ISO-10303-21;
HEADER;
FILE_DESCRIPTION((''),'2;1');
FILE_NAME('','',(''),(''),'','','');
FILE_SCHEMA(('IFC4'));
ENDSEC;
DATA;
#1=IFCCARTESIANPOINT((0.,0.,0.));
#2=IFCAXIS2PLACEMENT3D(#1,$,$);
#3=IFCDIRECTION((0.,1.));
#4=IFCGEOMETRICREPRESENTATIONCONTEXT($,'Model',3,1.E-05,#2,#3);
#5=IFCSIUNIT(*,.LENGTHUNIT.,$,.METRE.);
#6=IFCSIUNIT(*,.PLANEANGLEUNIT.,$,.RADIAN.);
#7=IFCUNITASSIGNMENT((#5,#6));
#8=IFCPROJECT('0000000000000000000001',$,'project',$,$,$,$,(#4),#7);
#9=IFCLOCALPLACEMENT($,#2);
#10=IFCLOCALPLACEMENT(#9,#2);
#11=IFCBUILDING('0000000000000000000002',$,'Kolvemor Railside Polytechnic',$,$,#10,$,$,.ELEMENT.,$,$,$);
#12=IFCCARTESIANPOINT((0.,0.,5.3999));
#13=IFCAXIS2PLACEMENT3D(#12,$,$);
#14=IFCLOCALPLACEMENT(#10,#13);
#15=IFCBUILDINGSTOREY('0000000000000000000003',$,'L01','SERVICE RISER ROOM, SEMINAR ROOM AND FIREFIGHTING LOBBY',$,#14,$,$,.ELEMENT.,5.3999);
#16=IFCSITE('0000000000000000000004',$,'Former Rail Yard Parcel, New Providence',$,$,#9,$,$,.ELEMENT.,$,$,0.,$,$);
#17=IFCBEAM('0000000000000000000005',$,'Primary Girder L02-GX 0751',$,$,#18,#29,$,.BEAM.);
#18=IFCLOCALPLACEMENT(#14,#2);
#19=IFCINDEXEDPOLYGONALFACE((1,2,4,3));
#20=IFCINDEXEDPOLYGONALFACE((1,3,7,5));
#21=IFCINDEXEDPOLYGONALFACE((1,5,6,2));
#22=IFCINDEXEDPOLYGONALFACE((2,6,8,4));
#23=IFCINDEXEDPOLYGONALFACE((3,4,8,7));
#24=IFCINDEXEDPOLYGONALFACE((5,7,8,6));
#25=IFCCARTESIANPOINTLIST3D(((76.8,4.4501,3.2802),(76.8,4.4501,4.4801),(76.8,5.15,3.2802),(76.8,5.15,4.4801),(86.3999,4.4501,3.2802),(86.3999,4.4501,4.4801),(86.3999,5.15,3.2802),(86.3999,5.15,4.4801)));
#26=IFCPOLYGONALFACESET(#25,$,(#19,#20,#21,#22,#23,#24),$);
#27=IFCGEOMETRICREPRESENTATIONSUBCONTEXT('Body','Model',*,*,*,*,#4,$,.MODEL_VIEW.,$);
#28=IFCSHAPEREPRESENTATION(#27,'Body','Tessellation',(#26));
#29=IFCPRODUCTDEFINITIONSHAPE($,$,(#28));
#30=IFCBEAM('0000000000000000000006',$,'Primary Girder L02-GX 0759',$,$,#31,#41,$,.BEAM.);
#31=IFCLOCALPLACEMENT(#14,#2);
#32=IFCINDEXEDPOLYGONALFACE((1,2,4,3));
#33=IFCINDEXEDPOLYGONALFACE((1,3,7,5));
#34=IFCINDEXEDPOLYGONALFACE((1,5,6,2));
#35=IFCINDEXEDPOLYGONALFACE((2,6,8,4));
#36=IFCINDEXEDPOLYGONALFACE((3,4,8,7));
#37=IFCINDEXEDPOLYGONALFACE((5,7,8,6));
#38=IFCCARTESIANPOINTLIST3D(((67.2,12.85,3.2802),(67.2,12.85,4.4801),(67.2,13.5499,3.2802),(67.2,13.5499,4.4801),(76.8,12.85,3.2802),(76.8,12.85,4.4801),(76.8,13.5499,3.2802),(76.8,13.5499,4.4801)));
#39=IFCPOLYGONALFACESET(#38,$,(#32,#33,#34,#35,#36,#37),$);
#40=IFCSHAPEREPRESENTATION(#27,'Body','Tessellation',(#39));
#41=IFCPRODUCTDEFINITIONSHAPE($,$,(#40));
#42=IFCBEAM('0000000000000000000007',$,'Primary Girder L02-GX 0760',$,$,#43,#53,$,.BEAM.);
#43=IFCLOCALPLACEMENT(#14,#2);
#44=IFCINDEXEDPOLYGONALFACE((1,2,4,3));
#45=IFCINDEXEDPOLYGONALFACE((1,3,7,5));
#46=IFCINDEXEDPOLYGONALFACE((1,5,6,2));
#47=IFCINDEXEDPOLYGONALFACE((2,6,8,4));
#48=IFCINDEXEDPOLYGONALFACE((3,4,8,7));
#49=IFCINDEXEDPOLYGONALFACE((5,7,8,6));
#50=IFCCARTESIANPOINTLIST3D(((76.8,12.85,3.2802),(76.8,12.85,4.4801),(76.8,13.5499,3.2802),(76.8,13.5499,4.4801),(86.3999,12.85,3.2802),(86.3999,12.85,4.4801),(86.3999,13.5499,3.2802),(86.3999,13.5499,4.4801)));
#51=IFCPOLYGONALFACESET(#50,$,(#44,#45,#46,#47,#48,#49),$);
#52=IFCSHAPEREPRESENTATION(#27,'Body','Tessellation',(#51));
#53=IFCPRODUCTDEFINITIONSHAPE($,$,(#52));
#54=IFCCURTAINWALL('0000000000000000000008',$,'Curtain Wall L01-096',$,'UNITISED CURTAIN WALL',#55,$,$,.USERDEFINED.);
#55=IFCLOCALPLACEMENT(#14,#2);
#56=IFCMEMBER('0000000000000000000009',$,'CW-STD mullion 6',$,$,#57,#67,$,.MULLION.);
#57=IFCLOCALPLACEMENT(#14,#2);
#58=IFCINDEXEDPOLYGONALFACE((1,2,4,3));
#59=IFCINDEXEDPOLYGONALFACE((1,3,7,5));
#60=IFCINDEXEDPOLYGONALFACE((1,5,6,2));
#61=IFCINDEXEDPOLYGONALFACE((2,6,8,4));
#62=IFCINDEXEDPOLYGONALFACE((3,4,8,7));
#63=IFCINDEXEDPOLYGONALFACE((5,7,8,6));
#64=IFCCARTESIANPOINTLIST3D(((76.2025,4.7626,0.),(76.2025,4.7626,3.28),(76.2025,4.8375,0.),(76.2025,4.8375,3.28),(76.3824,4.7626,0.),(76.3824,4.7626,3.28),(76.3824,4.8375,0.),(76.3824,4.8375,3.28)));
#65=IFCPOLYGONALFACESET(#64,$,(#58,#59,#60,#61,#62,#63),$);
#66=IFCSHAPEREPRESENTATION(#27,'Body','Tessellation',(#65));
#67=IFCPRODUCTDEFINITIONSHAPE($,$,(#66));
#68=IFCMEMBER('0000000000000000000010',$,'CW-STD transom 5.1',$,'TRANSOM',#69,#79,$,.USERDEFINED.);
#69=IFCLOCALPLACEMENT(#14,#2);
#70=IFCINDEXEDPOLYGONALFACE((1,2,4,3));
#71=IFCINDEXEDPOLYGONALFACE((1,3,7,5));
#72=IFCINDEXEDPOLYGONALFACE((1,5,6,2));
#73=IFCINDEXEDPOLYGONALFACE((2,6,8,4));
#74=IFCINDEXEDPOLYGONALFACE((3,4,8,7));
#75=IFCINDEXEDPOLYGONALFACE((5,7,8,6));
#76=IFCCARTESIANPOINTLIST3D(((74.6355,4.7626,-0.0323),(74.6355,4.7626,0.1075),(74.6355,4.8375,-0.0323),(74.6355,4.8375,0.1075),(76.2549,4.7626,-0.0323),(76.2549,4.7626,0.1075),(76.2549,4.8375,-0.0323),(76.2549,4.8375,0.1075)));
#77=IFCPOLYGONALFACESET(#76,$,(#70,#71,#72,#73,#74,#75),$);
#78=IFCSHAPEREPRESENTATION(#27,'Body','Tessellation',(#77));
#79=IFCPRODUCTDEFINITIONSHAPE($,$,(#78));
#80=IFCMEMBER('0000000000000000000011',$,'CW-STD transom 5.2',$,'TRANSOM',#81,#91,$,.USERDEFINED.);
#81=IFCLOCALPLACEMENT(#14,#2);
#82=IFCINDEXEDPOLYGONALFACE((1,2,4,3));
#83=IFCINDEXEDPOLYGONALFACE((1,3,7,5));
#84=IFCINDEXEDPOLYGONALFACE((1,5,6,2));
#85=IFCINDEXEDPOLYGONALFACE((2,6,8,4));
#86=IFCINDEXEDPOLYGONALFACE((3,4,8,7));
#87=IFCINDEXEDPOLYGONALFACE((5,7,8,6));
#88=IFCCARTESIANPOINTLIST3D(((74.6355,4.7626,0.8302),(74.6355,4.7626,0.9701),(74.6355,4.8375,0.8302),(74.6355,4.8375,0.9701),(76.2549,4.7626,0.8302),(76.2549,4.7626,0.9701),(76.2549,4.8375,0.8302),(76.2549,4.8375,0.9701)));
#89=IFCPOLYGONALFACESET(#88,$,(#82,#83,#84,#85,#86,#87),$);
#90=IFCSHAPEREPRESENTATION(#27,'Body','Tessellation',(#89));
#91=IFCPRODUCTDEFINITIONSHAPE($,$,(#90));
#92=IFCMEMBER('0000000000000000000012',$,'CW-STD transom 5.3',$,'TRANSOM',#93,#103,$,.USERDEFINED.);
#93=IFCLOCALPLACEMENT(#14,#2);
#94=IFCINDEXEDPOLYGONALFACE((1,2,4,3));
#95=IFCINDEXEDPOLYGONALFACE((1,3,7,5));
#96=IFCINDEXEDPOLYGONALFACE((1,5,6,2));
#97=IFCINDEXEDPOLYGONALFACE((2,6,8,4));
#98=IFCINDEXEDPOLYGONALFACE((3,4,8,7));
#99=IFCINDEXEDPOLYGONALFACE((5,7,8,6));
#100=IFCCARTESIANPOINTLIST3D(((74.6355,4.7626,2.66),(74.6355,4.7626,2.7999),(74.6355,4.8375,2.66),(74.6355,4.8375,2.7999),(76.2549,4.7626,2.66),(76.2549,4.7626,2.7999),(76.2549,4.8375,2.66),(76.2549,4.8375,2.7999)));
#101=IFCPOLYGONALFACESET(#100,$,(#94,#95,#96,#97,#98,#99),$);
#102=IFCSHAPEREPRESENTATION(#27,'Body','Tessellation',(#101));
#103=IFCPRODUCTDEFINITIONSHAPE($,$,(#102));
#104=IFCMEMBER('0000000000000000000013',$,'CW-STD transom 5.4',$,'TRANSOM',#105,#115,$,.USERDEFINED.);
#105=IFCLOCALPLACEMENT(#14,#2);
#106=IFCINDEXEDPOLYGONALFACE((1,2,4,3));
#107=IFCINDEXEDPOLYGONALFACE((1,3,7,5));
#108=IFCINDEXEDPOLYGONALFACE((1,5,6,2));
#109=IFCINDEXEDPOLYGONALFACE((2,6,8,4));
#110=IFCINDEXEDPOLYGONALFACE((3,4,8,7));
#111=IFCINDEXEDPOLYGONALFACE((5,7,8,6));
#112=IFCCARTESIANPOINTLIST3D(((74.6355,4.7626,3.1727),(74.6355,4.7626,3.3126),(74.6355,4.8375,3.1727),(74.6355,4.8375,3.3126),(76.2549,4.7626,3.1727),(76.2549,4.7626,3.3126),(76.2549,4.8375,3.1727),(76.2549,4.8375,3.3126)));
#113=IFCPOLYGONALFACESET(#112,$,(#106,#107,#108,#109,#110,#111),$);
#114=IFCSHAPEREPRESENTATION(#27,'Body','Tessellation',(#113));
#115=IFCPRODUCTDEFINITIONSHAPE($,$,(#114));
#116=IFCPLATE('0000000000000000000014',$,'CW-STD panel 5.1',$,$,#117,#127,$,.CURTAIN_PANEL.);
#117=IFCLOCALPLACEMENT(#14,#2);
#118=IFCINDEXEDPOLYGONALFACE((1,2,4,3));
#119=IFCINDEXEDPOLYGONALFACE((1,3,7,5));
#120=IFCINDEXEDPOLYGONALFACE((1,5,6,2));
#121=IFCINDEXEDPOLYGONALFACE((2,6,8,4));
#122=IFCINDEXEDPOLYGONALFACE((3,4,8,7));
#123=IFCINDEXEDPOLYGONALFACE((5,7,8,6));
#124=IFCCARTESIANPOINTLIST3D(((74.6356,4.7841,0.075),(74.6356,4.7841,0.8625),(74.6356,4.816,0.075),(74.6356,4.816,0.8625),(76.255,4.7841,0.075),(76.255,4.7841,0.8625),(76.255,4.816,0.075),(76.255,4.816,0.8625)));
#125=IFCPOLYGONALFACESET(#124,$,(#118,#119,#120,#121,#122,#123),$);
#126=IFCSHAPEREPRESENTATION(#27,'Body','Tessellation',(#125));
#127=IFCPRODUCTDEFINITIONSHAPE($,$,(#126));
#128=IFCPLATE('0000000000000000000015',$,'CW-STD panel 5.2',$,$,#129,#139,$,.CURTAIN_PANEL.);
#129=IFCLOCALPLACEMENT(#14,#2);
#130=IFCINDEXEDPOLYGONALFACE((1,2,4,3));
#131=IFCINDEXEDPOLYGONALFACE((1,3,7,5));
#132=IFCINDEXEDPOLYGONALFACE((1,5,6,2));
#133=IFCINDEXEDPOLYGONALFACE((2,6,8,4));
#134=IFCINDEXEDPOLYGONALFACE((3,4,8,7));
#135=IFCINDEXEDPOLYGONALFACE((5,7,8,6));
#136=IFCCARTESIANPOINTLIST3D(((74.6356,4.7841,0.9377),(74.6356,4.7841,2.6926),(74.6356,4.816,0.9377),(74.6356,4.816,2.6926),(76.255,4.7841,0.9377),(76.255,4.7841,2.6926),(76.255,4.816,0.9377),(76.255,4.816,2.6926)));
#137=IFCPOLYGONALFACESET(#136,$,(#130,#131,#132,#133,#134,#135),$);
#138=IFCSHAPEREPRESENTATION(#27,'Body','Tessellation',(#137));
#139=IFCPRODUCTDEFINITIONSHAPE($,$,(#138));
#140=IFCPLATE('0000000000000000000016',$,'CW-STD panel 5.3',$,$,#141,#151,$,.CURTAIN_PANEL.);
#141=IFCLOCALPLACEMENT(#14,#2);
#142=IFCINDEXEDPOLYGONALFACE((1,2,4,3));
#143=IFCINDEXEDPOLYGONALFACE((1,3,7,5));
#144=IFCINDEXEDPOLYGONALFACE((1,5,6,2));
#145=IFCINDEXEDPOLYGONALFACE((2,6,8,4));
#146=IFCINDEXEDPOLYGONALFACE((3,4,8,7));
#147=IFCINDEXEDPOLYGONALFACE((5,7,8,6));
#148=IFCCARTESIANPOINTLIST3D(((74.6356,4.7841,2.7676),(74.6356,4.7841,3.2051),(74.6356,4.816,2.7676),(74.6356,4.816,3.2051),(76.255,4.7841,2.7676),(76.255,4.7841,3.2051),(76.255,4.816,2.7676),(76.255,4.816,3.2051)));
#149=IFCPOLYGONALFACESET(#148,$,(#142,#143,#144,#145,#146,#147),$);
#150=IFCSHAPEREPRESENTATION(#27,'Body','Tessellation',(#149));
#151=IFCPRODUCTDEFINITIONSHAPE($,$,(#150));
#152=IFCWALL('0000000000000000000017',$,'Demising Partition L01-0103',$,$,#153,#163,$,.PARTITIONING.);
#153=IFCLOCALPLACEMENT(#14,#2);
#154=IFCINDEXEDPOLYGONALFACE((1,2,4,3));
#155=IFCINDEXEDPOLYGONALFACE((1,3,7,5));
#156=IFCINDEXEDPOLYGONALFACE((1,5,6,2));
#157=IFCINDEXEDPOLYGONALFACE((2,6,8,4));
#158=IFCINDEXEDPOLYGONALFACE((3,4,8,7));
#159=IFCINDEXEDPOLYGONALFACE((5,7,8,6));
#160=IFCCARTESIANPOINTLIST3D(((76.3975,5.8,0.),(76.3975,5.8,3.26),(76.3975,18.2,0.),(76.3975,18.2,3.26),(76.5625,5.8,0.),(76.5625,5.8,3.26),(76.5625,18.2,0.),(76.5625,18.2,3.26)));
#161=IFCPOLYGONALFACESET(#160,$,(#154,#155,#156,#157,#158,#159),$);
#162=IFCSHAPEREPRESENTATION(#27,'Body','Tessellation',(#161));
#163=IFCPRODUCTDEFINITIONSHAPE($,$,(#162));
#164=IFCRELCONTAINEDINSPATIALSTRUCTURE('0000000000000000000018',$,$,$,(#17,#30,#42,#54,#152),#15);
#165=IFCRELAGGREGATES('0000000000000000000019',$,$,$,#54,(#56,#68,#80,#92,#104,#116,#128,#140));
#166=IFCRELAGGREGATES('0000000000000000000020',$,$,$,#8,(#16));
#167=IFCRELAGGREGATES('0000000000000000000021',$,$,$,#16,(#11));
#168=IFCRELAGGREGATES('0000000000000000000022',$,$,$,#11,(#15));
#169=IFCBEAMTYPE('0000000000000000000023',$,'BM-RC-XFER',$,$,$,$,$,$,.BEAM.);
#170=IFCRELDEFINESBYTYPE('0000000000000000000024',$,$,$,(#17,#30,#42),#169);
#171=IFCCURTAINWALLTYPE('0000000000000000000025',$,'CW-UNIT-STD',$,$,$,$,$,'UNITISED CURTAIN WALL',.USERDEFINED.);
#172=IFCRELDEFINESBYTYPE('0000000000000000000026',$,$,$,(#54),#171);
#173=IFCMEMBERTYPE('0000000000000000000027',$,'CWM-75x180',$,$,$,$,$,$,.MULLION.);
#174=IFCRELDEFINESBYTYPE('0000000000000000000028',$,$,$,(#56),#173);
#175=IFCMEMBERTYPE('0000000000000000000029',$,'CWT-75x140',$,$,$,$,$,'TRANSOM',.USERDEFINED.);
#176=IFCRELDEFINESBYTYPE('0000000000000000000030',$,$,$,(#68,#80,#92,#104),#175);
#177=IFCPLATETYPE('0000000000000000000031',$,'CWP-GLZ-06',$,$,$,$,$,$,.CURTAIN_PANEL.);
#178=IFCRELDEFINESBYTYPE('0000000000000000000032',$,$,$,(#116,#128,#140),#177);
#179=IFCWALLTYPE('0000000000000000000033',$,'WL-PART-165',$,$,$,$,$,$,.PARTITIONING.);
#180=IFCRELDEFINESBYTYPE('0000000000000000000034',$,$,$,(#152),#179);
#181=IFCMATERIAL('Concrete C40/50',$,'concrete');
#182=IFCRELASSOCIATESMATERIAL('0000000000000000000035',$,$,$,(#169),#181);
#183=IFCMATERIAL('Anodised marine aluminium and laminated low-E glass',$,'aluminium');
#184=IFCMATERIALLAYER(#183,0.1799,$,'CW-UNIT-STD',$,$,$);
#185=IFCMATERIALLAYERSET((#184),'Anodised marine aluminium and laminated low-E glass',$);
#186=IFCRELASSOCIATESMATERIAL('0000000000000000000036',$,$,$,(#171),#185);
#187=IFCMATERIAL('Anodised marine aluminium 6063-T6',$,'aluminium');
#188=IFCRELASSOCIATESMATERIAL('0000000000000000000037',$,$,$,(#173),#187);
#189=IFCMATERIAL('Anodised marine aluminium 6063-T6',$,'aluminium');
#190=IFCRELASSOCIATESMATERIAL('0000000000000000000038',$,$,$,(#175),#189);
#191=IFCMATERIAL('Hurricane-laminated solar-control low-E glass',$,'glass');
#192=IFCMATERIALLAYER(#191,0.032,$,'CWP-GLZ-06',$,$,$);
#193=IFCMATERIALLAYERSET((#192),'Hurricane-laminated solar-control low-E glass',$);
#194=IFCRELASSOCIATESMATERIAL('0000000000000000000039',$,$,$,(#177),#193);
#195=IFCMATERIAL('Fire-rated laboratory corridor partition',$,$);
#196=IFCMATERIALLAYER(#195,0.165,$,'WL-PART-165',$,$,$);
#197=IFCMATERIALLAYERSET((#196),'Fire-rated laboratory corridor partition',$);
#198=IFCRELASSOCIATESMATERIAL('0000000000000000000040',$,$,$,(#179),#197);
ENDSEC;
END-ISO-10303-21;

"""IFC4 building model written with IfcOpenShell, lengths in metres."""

from ifc_helpers import new_model, si_unit, direction, frame, frame_2d, origin, origin_2d, place, context, subcontext, project, spatial, rectangle, extrude, material, layer, layer_set, material_profile, profile_set, type_object, element, aggregate, save


model = new_model("IFC4")

# Units and contexts
model_context = context("Model", 3, precision=1e-05, world=origin(), true_north=direction((0.0, 1.0)))
body_context = subcontext(model_context, "Body", "Model", "MODEL_VIEW")
ifc_project = project(units=[si_unit("LENGTHUNIT", "METRE"), si_unit("PLANEANGLEUNIT", "RADIAN")], contexts=[model_context])

# Site, building, storey
site_placement = place(None, origin())
site = spatial("IfcSite", under=ifc_project, at=site_placement, Name="Former Rail Yard Parcel, New Providence", CompositionType="ELEMENT", RefElevation=0.0)
building_placement = place(site_placement, origin())
building = spatial("IfcBuilding", under=site, at=building_placement, Name="Kolvemor Railside Polytechnic", CompositionType="ELEMENT")
storey_placement = place(building_placement, frame((0.0, 0.0, 5.3999)))
storey = spatial("IfcBuildingStorey", under=building, at=storey_placement, Name="L01", Description="SERVICE RISER ROOM, SEMINAR ROOM AND FIREFIGHTING LOBBY", CompositionType="ELEMENT", Elevation=5.3999)

# Beams
ifc_material_1 = material(Name="Concrete C40/50", Category="concrete")
ifc_material_profile_1 = material_profile(ifc_material_1, rectangle(XDim=0.7, YDim=1.2, at=origin_2d()), Name="RC700x1200")
ifc_profile_set_1 = profile_set([ifc_material_profile_1], Name="Concrete C40/50")
beam_type_1 = type_object("IfcBeamType", Name="BM-RC-XFER", PredefinedType="BEAM", material=ifc_profile_set_1)
beam_1_placement = place(storey_placement, frame((76.8, 4.8, 3.8801), z_axis=(1.0, 0.0, 0.0), x_axis=(0.0, 1.0, 0.0)))
element("IfcBeam", 1, at=beam_1_placement, inside=storey, type_object=beam_type_1, Name="Primary Girder L02-GX 0751", PredefinedType="BEAM", context=body_context, shape_type="SweptSolid", body=[
    extrude(rectangle(XDim=0.7, YDim=1.2, at=origin_2d()), origin(), (0.0, 0.0, 1.0), 9.5999),
])
beam_2_placement = place(storey_placement, frame((67.2, 13.2, 3.8801), z_axis=(1.0, 0.0, 0.0), x_axis=(0.0, 1.0, 0.0)))
element("IfcBeam", 2, at=beam_2_placement, inside=storey, type_object=beam_type_1, Name="Primary Girder L02-GX 0759", PredefinedType="BEAM", context=body_context, shape_type="SweptSolid", body=[
    extrude(rectangle(XDim=0.7, YDim=1.2, at=origin_2d()), origin(), (0.0, 0.0, 1.0), 9.6001),
])
beam_3_placement = place(storey_placement, frame((76.8, 13.2, 3.8801), z_axis=(1.0, 0.0, 0.0), x_axis=(0.0, 1.0, 0.0)))
element("IfcBeam", 3, at=beam_3_placement, inside=storey, type_object=beam_type_1, Name="Primary Girder L02-GX 0760", PredefinedType="BEAM", context=body_context, shape_type="SweptSolid", body=[
    extrude(rectangle(XDim=0.7, YDim=1.2, at=origin_2d()), origin(), (0.0, 0.0, 1.0), 9.5999),
])

# Curtain wall, members, plates
ifc_material_2 = material(Name="Anodised marine aluminium and laminated low-E glass", Category="aluminium")
ifc_layer_1 = layer(ifc_material_2, 0.1799, Name="CW-UNIT-STD")
ifc_layer_set_1 = layer_set([ifc_layer_1], Name="Anodised marine aluminium and laminated low-E glass")
curtain_wall_type = type_object("IfcCurtainWallType", Name="CW-UNIT-STD", ElementType="UNITISED CURTAIN WALL", PredefinedType="USERDEFINED", material=ifc_layer_set_1)
curtain_wall_placement = place(storey_placement, origin())
curtain_wall = element("IfcCurtainWall", 4, at=curtain_wall_placement, inside=storey, type_object=curtain_wall_type, Name="Curtain Wall L01-096", ObjectType="UNITISED CURTAIN WALL", PredefinedType="USERDEFINED")
ifc_material_3 = material(Name="Anodised marine aluminium 6063-T6", Category="aluminium")
ifc_material_profile_2 = material_profile(ifc_material_3, rectangle(XDim=0.075, YDim=0.1799, at=origin_2d()), Name="CW-MUL-75x180")
ifc_profile_set_2 = profile_set([ifc_material_profile_2], Name="Anodised marine aluminium 6063-T6")
member_type_1 = type_object("IfcMemberType", Name="CWM-75x180", PredefinedType="MULLION", material=ifc_profile_set_2)
member_1_placement = place(storey_placement, frame((76.2925, 4.8, 0.0), z_axis=(0.0, 0.0, 1.0), x_axis=(0.0, 1.0, 0.0)))
member_1 = element("IfcMember", 5, at=member_1_placement, type_object=member_type_1, Name="CW-STD mullion 6", PredefinedType="MULLION", context=body_context, shape_type="SweptSolid", body=[
    extrude(rectangle(XDim=0.075, YDim=0.1799, at=origin_2d()), origin(), (0.0, 0.0, 1.0), 3.28),
])
ifc_material_4 = material(Name="Anodised marine aluminium 6063-T6", Category="aluminium")
ifc_material_profile_3 = material_profile(ifc_material_4, rectangle(XDim=0.075, YDim=0.1399, at=origin_2d()), Name="CW-TRN-75x140")
ifc_profile_set_3 = profile_set([ifc_material_profile_3], Name="Anodised marine aluminium 6063-T6")
member_type_2 = type_object("IfcMemberType", Name="CWT-75x140", ElementType="TRANSOM", PredefinedType="USERDEFINED", material=ifc_profile_set_3)
member_2_placement = place(storey_placement, frame((74.6355, 4.8, 0.0376), z_axis=(1.0, 0.0, 0.0), x_axis=(0.0, 1.0, 0.0)))
member_2 = element("IfcMember", 6, at=member_2_placement, type_object=member_type_2, Name="CW-STD transom 5.1", ObjectType="TRANSOM", PredefinedType="USERDEFINED", context=body_context, shape_type="SweptSolid", body=[
    extrude(rectangle(XDim=0.075, YDim=0.1399, at=origin_2d()), origin(), (0.0, 0.0, 1.0), 1.6194),
])
member_3_placement = place(storey_placement, frame((74.6355, 4.8, 0.9001), z_axis=(1.0, 0.0, 0.0), x_axis=(0.0, 1.0, 0.0)))
member_3 = element("IfcMember", 7, at=member_3_placement, type_object=member_type_2, Name="CW-STD transom 5.2", ObjectType="TRANSOM", PredefinedType="USERDEFINED", context=body_context, shape_type="SweptSolid", body=[
    extrude(rectangle(XDim=0.075, YDim=0.1399, at=origin_2d()), origin(), (0.0, 0.0, 1.0), 1.6194),
])
member_4_placement = place(storey_placement, frame((74.6355, 4.8, 2.73), z_axis=(1.0, 0.0, 0.0), x_axis=(0.0, 1.0, 0.0)))
member_4 = element("IfcMember", 8, at=member_4_placement, type_object=member_type_2, Name="CW-STD transom 5.3", ObjectType="TRANSOM", PredefinedType="USERDEFINED", context=body_context, shape_type="SweptSolid", body=[
    extrude(rectangle(XDim=0.075, YDim=0.1399, at=origin_2d()), origin(), (0.0, 0.0, 1.0), 1.6194),
])
member_5_placement = place(storey_placement, frame((74.6355, 4.8, 3.2427), z_axis=(1.0, 0.0, 0.0), x_axis=(0.0, 1.0, 0.0)))
member_5 = element("IfcMember", 9, at=member_5_placement, type_object=member_type_2, Name="CW-STD transom 5.4", ObjectType="TRANSOM", PredefinedType="USERDEFINED", context=body_context, shape_type="SweptSolid", body=[
    extrude(rectangle(XDim=0.075, YDim=0.1399, at=origin_2d()), origin(), (0.0, 0.0, 1.0), 1.6194),
])
ifc_material_5 = material(Name="Hurricane-laminated solar-control low-E glass", Category="glass")
ifc_layer_2 = layer(ifc_material_5, 0.032, Name="CWP-GLZ-06")
ifc_layer_set_2 = layer_set([ifc_layer_2], Name="Hurricane-laminated solar-control low-E glass")
plate_type = type_object("IfcPlateType", Name="CWP-GLZ-06", PredefinedType="CURTAIN_PANEL", material=ifc_layer_set_2)
plate_1_placement = place(storey_placement, frame((75.4453, 4.8, 0.075), z_axis=(0.0, 0.0, 1.0), x_axis=(1.0, 0.0, 0.0)))
plate_1 = element("IfcPlate", 10, at=plate_1_placement, type_object=plate_type, Name="CW-STD panel 5.1", PredefinedType="CURTAIN_PANEL", context=body_context, shape_type="SweptSolid", body=[
    extrude(rectangle(XDim=1.6194, YDim=0.032, at=origin_2d()), origin(), (0.0, 0.0, 1.0), 0.7876),
])
plate_2_placement = place(storey_placement, frame((75.4453, 4.8, 0.9377), z_axis=(0.0, 0.0, 1.0), x_axis=(1.0, 0.0, 0.0)))
plate_2 = element("IfcPlate", 11, at=plate_2_placement, type_object=plate_type, Name="CW-STD panel 5.2", PredefinedType="CURTAIN_PANEL", context=body_context, shape_type="SweptSolid", body=[
    extrude(rectangle(XDim=1.6194, YDim=0.032, at=origin_2d()), origin(), (0.0, 0.0, 1.0), 1.7549),
])
plate_3_placement = place(storey_placement, frame((75.4453, 4.8, 2.7676), z_axis=(0.0, 0.0, 1.0), x_axis=(1.0, 0.0, 0.0)))
plate_3 = element("IfcPlate", 12, at=plate_3_placement, type_object=plate_type, Name="CW-STD panel 5.3", PredefinedType="CURTAIN_PANEL", context=body_context, shape_type="SweptSolid", body=[
    extrude(rectangle(XDim=1.6194, YDim=0.032, at=origin_2d()), origin(), (0.0, 0.0, 1.0), 0.4375),
])
aggregate(curtain_wall, [member_1, member_2, member_3, member_4, member_5, plate_1, plate_2, plate_3])

# Wall
ifc_material_6 = material(Name="Fire-rated laboratory corridor partition")
ifc_layer_3 = layer(ifc_material_6, 0.165, Name="WL-PART-165")
ifc_layer_set_3 = layer_set([ifc_layer_3], Name="Fire-rated laboratory corridor partition")
wall_type = type_object("IfcWallType", Name="WL-PART-165", PredefinedType="PARTITIONING", material=ifc_layer_set_3)
wall_placement = place(storey_placement, frame((76.48, 5.8, 0.0), z_axis=(0.0, 0.0, 1.0), x_axis=(0.0, 1.0, 0.0)))
element("IfcWall", 13, at=wall_placement, inside=storey, type_object=wall_type, Name="Demising Partition L01-0103", PredefinedType="PARTITIONING", context=body_context, shape_type="SweptSolid", body=[
    extrude(rectangle(XDim=12.3999, YDim=0.165, at=frame_2d((6.2, 0.0))), origin(), (0.0, 0.0, 1.0), 3.26),
])

save(model, "model.ifc")
